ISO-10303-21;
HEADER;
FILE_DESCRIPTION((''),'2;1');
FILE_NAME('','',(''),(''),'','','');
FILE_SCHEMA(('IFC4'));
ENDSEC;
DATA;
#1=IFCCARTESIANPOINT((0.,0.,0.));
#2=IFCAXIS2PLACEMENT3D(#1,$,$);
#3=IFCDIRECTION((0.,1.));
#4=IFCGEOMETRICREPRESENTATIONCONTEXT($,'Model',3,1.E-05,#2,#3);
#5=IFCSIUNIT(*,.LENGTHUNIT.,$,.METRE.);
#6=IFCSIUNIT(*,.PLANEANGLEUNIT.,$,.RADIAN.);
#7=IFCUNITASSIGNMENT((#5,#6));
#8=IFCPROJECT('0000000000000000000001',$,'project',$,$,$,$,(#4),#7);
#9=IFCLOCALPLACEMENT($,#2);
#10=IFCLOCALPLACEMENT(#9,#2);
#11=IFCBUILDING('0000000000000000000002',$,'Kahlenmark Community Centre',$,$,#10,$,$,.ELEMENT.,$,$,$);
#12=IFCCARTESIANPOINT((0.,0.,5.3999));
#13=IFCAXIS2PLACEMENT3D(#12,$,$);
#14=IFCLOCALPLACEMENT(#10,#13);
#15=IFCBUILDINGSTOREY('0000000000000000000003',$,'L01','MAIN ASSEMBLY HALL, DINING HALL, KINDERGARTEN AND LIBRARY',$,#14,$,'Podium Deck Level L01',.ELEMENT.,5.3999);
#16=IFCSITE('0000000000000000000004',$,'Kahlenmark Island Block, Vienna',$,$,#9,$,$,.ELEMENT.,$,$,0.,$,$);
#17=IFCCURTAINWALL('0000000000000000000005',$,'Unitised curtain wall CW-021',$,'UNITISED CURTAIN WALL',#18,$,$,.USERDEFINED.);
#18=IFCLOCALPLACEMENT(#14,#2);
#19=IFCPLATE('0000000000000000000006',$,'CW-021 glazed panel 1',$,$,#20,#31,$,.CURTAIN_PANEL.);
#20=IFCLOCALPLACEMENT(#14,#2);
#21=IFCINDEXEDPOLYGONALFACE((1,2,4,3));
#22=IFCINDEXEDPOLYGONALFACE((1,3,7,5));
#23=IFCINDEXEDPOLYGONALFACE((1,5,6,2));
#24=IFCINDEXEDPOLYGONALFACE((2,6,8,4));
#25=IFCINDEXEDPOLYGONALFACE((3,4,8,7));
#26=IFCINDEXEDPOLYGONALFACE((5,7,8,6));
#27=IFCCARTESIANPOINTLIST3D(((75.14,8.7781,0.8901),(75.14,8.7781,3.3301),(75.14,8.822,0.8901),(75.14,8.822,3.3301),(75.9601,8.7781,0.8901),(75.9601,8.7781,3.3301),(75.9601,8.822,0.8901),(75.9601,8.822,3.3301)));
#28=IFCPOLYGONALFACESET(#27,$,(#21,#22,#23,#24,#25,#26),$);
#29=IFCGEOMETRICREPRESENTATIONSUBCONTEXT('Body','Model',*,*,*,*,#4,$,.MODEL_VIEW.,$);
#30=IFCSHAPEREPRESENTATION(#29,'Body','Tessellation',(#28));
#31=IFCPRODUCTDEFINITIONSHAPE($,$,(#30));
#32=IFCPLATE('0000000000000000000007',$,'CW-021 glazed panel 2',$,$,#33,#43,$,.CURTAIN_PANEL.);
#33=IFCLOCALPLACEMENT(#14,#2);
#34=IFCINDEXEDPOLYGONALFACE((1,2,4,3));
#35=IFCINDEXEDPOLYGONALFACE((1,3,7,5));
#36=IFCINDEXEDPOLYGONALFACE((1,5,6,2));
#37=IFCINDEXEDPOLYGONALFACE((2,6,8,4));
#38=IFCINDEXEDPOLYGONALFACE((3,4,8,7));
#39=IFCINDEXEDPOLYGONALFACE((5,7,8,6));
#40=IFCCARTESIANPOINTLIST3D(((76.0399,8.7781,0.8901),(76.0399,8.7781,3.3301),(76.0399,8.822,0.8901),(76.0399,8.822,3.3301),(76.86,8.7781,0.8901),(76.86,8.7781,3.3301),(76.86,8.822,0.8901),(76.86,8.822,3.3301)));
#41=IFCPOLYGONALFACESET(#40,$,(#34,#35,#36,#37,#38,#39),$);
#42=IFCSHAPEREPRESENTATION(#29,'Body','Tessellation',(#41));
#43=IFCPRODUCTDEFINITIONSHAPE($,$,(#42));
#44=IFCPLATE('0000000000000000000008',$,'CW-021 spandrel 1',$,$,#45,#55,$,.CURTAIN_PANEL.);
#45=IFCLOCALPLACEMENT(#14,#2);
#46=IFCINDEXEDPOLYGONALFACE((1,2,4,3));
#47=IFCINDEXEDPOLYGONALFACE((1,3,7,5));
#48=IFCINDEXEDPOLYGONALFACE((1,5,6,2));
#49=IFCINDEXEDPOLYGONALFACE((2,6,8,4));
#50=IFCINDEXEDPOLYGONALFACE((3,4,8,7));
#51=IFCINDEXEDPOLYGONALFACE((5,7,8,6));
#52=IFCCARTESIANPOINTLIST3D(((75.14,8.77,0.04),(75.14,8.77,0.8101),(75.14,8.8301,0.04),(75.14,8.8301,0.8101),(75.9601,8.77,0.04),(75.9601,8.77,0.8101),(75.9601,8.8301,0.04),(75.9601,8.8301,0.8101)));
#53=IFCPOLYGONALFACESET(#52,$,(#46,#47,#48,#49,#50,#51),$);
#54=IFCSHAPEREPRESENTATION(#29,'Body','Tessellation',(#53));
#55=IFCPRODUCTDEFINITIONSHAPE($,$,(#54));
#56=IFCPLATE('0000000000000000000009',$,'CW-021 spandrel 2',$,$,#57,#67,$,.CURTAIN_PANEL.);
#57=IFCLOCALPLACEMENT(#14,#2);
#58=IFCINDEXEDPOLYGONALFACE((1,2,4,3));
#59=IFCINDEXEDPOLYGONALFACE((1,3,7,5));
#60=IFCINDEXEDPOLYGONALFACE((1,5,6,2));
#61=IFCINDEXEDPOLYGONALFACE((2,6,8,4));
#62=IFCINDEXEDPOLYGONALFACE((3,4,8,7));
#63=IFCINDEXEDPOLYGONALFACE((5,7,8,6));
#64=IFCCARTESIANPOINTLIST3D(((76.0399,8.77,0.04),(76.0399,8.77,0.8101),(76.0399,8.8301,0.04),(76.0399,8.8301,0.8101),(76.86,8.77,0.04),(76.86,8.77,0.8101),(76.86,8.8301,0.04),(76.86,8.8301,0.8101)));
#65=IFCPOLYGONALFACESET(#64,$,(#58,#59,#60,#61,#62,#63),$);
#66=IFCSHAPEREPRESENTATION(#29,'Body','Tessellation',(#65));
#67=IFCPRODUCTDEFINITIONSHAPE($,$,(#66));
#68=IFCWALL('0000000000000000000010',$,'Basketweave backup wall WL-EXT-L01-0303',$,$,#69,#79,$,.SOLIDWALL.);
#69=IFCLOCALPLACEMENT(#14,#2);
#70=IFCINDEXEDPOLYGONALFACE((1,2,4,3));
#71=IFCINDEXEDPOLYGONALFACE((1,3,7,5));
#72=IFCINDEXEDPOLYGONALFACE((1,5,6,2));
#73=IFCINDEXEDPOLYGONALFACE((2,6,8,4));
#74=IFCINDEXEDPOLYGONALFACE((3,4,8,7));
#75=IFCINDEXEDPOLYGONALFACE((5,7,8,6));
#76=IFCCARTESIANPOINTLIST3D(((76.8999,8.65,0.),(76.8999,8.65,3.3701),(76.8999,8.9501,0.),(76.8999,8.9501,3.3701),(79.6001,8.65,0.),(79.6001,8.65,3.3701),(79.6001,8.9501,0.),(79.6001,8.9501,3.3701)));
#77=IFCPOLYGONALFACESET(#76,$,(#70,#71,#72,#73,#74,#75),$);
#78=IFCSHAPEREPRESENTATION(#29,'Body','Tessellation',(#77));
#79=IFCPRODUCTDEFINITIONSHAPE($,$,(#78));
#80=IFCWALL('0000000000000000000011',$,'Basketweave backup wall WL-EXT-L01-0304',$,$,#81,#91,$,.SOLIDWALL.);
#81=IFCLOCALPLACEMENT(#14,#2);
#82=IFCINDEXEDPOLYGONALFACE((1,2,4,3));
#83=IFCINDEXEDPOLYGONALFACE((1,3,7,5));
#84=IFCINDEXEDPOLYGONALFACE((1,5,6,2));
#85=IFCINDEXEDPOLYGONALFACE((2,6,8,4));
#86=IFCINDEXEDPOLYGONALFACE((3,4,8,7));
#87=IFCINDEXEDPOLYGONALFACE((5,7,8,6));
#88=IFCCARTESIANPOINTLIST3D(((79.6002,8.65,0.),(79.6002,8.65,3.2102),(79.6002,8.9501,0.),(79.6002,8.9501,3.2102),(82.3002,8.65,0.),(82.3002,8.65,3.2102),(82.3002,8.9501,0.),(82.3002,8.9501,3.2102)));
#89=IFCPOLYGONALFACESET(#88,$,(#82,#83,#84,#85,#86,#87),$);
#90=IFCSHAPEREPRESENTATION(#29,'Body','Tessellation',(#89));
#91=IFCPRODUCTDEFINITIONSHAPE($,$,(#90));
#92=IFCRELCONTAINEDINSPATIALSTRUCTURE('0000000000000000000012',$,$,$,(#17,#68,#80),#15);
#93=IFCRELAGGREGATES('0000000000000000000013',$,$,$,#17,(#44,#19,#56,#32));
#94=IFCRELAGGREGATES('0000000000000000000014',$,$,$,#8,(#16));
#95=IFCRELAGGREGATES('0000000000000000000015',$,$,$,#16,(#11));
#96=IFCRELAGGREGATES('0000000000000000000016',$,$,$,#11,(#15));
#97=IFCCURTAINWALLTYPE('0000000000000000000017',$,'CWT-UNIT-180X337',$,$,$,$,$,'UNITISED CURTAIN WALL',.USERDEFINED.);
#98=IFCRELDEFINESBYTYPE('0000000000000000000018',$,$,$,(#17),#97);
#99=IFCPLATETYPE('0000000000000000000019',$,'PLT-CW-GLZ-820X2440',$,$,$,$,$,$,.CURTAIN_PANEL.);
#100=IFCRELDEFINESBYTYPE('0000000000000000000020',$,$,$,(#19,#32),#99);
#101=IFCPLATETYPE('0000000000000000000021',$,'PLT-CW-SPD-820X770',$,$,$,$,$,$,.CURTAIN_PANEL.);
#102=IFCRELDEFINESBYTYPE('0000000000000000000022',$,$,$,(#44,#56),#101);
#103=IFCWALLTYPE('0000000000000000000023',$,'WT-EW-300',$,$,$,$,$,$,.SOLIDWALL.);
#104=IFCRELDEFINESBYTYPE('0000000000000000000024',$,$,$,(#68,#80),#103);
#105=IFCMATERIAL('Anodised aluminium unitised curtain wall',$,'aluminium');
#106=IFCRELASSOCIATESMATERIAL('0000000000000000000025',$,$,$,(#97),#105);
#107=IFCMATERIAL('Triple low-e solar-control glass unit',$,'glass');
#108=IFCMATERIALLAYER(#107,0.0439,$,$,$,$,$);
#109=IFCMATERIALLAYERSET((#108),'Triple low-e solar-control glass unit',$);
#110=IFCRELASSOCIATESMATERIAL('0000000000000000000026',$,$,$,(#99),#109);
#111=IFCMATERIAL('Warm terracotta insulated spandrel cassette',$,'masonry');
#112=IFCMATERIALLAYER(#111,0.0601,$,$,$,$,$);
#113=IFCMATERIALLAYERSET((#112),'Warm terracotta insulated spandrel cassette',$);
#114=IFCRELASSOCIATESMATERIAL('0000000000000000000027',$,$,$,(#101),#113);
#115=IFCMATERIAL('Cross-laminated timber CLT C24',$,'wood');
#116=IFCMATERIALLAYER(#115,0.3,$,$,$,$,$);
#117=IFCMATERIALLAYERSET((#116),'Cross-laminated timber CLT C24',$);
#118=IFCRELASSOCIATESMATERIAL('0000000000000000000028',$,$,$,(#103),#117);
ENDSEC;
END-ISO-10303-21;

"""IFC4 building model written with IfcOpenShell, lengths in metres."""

from ifc_helpers import new_model, si_unit, direction, frame, frame_2d, origin, origin_2d, place, context, subcontext, project, spatial, rectangle, extrude, material, layer, layer_set, type_object, element, aggregate, save


model = new_model("IFC4")

# Units and contexts
model_context = context("Model", 3, precision=1e-05, world=origin(), true_north=direction((0.0, 1.0)))
body_context = subcontext(model_context, "Body", "Model", "MODEL_VIEW")
ifc_project = project(units=[si_unit("LENGTHUNIT", "METRE"), si_unit("PLANEANGLEUNIT", "RADIAN")], contexts=[model_context])

# Site, building, storey
site_placement = place(None, origin())
site = spatial("IfcSite", under=ifc_project, at=site_placement, Name="Kahlenmark Island Block, Vienna", CompositionType="ELEMENT", RefElevation=0.0)
building_placement = place(site_placement, origin())
building = spatial("IfcBuilding", under=site, at=building_placement, Name="Kahlenmark Community Centre", CompositionType="ELEMENT")
storey_placement = place(building_placement, frame((0.0, 0.0, 5.3999)))
storey = spatial("IfcBuildingStorey", under=building, at=storey_placement, Name="L01", Description="MAIN ASSEMBLY HALL, DINING HALL, KINDERGARTEN AND LIBRARY", LongName="Podium Deck Level L01", CompositionType="ELEMENT", Elevation=5.3999)

# Curtain wall
ifc_material_1 = material(Name="Anodised aluminium unitised curtain wall", Category="aluminium")
curtain_wall_type_1 = type_object("IfcCurtainWallType", Name="CWT-UNIT-180X337", ElementType="UNITISED CURTAIN WALL", PredefinedType="USERDEFINED", material=ifc_material_1)
curtain_wall_1_placement = place(storey_placement, origin())
curtain_wall_1 = element("IfcCurtainWall", 1, at=curtain_wall_1_placement, inside=storey, type_object=curtain_wall_type_1, Name="Unitised curtain wall CW-021", ObjectType="UNITISED CURTAIN WALL", PredefinedType="USERDEFINED")

# Plates
ifc_material_2 = material(Name="Triple low-e solar-control glass unit", Category="glass")
ifc_layer_1 = layer(ifc_material_2, 0.0439)
ifc_layer_set_1 = layer_set([ifc_layer_1], Name="Triple low-e solar-control glass unit")
plate_type_1 = type_object("IfcPlateType", Name="PLT-CW-GLZ-820X2440", PredefinedType="CURTAIN_PANEL", material=ifc_layer_set_1)
plate_1_placement = place(storey_placement, frame((75.55, 8.8, 0.8901), z_axis=(0.0, 0.0, 1.0), x_axis=(1.0, 0.0, 0.0)))
plate_1 = element("IfcPlate", 2, at=plate_1_placement, type_object=plate_type_1, Name="CW-021 glazed panel 1", PredefinedType="CURTAIN_PANEL", context=body_context, shape_type="SweptSolid", body=[
    extrude(rectangle(XDim=0.8201, YDim=0.0439, at=origin_2d()), origin(), (0.0, 0.0, 1.0), 2.4399),
])
plate_2_placement = place(storey_placement, frame((76.45, 8.8, 0.8901), z_axis=(0.0, 0.0, 1.0), x_axis=(1.0, 0.0, 0.0)))
plate_2 = element("IfcPlate", 3, at=plate_2_placement, type_object=plate_type_1, Name="CW-021 glazed panel 2", PredefinedType="CURTAIN_PANEL", context=body_context, shape_type="SweptSolid", body=[
    extrude(rectangle(XDim=0.8201, YDim=0.0439, at=origin_2d()), origin(), (0.0, 0.0, 1.0), 2.4399),
])
ifc_material_3 = material(Name="Warm terracotta insulated spandrel cassette", Category="masonry")
ifc_layer_2 = layer(ifc_material_3, 0.0601)
ifc_layer_set_2 = layer_set([ifc_layer_2], Name="Warm terracotta insulated spandrel cassette")
plate_type_2 = type_object("IfcPlateType", Name="PLT-CW-SPD-820X770", PredefinedType="CURTAIN_PANEL", material=ifc_layer_set_2)
plate_3_placement = place(storey_placement, frame((75.55, 8.8, 0.04), z_axis=(0.0, 0.0, 1.0), x_axis=(1.0, 0.0, 0.0)))
plate_3 = element("IfcPlate", 4, at=plate_3_placement, type_object=plate_type_2, Name="CW-021 spandrel 1", PredefinedType="CURTAIN_PANEL", context=body_context, shape_type="SweptSolid", body=[
    extrude(rectangle(XDim=0.8201, YDim=0.0601, at=origin_2d()), origin(), (0.0, 0.0, 1.0), 0.77),
])
plate_4_placement = place(storey_placement, frame((76.45, 8.8, 0.04), z_axis=(0.0, 0.0, 1.0), x_axis=(1.0, 0.0, 0.0)))
plate_4 = element("IfcPlate", 5, at=plate_4_placement, type_object=plate_type_2, Name="CW-021 spandrel 2", PredefinedType="CURTAIN_PANEL", context=body_context, shape_type="SweptSolid", body=[
    extrude(rectangle(XDim=0.8201, YDim=0.0601, at=origin_2d()), origin(), (0.0, 0.0, 1.0), 0.77),
])
aggregate(curtain_wall_1, [plate_3, plate_1, plate_4, plate_2])

# Walls
ifc_material_4 = material(Name="Cross-laminated timber CLT C24", Category="wood")
ifc_layer_3 = layer(ifc_material_4, 0.3)
ifc_layer_set_3 = layer_set([ifc_layer_3], Name="Cross-laminated timber CLT C24")
wall_type = type_object("IfcWallType", Name="WT-EW-300", PredefinedType="SOLIDWALL", material=ifc_layer_set_3)
wall_1_placement = place(storey_placement, frame((76.8999, 8.8, 0.0), z_axis=(0.0, 0.0, 1.0), x_axis=(1.0, 0.0, 0.0)))
element("IfcWall", 6, at=wall_1_placement, inside=storey, type_object=wall_type, Name="Basketweave backup wall WL-EXT-L01-0303", PredefinedType="SOLIDWALL", context=body_context, shape_type="SweptSolid", body=[
    extrude(rectangle(XDim=2.7002, YDim=0.3, at=frame_2d((1.3501, 0.0))), origin(), (0.0, 0.0, 1.0), 3.3701),
])
wall_2_placement = place(storey_placement, frame((79.6001, 8.8, 0.0), z_axis=(0.0, 0.0, 1.0), x_axis=(1.0, 0.0, 0.0)))
element("IfcWall", 7, at=wall_2_placement, inside=storey, type_object=wall_type, Name="Basketweave backup wall WL-EXT-L01-0304", PredefinedType="SOLIDWALL", context=body_context, shape_type="SweptSolid", body=[
    extrude(rectangle(XDim=2.7, YDim=0.3, at=frame_2d((1.3501, 0.0))), origin(), (0.0, 0.0, 1.0), 3.2102),
])

save(model, "model.ifc")
